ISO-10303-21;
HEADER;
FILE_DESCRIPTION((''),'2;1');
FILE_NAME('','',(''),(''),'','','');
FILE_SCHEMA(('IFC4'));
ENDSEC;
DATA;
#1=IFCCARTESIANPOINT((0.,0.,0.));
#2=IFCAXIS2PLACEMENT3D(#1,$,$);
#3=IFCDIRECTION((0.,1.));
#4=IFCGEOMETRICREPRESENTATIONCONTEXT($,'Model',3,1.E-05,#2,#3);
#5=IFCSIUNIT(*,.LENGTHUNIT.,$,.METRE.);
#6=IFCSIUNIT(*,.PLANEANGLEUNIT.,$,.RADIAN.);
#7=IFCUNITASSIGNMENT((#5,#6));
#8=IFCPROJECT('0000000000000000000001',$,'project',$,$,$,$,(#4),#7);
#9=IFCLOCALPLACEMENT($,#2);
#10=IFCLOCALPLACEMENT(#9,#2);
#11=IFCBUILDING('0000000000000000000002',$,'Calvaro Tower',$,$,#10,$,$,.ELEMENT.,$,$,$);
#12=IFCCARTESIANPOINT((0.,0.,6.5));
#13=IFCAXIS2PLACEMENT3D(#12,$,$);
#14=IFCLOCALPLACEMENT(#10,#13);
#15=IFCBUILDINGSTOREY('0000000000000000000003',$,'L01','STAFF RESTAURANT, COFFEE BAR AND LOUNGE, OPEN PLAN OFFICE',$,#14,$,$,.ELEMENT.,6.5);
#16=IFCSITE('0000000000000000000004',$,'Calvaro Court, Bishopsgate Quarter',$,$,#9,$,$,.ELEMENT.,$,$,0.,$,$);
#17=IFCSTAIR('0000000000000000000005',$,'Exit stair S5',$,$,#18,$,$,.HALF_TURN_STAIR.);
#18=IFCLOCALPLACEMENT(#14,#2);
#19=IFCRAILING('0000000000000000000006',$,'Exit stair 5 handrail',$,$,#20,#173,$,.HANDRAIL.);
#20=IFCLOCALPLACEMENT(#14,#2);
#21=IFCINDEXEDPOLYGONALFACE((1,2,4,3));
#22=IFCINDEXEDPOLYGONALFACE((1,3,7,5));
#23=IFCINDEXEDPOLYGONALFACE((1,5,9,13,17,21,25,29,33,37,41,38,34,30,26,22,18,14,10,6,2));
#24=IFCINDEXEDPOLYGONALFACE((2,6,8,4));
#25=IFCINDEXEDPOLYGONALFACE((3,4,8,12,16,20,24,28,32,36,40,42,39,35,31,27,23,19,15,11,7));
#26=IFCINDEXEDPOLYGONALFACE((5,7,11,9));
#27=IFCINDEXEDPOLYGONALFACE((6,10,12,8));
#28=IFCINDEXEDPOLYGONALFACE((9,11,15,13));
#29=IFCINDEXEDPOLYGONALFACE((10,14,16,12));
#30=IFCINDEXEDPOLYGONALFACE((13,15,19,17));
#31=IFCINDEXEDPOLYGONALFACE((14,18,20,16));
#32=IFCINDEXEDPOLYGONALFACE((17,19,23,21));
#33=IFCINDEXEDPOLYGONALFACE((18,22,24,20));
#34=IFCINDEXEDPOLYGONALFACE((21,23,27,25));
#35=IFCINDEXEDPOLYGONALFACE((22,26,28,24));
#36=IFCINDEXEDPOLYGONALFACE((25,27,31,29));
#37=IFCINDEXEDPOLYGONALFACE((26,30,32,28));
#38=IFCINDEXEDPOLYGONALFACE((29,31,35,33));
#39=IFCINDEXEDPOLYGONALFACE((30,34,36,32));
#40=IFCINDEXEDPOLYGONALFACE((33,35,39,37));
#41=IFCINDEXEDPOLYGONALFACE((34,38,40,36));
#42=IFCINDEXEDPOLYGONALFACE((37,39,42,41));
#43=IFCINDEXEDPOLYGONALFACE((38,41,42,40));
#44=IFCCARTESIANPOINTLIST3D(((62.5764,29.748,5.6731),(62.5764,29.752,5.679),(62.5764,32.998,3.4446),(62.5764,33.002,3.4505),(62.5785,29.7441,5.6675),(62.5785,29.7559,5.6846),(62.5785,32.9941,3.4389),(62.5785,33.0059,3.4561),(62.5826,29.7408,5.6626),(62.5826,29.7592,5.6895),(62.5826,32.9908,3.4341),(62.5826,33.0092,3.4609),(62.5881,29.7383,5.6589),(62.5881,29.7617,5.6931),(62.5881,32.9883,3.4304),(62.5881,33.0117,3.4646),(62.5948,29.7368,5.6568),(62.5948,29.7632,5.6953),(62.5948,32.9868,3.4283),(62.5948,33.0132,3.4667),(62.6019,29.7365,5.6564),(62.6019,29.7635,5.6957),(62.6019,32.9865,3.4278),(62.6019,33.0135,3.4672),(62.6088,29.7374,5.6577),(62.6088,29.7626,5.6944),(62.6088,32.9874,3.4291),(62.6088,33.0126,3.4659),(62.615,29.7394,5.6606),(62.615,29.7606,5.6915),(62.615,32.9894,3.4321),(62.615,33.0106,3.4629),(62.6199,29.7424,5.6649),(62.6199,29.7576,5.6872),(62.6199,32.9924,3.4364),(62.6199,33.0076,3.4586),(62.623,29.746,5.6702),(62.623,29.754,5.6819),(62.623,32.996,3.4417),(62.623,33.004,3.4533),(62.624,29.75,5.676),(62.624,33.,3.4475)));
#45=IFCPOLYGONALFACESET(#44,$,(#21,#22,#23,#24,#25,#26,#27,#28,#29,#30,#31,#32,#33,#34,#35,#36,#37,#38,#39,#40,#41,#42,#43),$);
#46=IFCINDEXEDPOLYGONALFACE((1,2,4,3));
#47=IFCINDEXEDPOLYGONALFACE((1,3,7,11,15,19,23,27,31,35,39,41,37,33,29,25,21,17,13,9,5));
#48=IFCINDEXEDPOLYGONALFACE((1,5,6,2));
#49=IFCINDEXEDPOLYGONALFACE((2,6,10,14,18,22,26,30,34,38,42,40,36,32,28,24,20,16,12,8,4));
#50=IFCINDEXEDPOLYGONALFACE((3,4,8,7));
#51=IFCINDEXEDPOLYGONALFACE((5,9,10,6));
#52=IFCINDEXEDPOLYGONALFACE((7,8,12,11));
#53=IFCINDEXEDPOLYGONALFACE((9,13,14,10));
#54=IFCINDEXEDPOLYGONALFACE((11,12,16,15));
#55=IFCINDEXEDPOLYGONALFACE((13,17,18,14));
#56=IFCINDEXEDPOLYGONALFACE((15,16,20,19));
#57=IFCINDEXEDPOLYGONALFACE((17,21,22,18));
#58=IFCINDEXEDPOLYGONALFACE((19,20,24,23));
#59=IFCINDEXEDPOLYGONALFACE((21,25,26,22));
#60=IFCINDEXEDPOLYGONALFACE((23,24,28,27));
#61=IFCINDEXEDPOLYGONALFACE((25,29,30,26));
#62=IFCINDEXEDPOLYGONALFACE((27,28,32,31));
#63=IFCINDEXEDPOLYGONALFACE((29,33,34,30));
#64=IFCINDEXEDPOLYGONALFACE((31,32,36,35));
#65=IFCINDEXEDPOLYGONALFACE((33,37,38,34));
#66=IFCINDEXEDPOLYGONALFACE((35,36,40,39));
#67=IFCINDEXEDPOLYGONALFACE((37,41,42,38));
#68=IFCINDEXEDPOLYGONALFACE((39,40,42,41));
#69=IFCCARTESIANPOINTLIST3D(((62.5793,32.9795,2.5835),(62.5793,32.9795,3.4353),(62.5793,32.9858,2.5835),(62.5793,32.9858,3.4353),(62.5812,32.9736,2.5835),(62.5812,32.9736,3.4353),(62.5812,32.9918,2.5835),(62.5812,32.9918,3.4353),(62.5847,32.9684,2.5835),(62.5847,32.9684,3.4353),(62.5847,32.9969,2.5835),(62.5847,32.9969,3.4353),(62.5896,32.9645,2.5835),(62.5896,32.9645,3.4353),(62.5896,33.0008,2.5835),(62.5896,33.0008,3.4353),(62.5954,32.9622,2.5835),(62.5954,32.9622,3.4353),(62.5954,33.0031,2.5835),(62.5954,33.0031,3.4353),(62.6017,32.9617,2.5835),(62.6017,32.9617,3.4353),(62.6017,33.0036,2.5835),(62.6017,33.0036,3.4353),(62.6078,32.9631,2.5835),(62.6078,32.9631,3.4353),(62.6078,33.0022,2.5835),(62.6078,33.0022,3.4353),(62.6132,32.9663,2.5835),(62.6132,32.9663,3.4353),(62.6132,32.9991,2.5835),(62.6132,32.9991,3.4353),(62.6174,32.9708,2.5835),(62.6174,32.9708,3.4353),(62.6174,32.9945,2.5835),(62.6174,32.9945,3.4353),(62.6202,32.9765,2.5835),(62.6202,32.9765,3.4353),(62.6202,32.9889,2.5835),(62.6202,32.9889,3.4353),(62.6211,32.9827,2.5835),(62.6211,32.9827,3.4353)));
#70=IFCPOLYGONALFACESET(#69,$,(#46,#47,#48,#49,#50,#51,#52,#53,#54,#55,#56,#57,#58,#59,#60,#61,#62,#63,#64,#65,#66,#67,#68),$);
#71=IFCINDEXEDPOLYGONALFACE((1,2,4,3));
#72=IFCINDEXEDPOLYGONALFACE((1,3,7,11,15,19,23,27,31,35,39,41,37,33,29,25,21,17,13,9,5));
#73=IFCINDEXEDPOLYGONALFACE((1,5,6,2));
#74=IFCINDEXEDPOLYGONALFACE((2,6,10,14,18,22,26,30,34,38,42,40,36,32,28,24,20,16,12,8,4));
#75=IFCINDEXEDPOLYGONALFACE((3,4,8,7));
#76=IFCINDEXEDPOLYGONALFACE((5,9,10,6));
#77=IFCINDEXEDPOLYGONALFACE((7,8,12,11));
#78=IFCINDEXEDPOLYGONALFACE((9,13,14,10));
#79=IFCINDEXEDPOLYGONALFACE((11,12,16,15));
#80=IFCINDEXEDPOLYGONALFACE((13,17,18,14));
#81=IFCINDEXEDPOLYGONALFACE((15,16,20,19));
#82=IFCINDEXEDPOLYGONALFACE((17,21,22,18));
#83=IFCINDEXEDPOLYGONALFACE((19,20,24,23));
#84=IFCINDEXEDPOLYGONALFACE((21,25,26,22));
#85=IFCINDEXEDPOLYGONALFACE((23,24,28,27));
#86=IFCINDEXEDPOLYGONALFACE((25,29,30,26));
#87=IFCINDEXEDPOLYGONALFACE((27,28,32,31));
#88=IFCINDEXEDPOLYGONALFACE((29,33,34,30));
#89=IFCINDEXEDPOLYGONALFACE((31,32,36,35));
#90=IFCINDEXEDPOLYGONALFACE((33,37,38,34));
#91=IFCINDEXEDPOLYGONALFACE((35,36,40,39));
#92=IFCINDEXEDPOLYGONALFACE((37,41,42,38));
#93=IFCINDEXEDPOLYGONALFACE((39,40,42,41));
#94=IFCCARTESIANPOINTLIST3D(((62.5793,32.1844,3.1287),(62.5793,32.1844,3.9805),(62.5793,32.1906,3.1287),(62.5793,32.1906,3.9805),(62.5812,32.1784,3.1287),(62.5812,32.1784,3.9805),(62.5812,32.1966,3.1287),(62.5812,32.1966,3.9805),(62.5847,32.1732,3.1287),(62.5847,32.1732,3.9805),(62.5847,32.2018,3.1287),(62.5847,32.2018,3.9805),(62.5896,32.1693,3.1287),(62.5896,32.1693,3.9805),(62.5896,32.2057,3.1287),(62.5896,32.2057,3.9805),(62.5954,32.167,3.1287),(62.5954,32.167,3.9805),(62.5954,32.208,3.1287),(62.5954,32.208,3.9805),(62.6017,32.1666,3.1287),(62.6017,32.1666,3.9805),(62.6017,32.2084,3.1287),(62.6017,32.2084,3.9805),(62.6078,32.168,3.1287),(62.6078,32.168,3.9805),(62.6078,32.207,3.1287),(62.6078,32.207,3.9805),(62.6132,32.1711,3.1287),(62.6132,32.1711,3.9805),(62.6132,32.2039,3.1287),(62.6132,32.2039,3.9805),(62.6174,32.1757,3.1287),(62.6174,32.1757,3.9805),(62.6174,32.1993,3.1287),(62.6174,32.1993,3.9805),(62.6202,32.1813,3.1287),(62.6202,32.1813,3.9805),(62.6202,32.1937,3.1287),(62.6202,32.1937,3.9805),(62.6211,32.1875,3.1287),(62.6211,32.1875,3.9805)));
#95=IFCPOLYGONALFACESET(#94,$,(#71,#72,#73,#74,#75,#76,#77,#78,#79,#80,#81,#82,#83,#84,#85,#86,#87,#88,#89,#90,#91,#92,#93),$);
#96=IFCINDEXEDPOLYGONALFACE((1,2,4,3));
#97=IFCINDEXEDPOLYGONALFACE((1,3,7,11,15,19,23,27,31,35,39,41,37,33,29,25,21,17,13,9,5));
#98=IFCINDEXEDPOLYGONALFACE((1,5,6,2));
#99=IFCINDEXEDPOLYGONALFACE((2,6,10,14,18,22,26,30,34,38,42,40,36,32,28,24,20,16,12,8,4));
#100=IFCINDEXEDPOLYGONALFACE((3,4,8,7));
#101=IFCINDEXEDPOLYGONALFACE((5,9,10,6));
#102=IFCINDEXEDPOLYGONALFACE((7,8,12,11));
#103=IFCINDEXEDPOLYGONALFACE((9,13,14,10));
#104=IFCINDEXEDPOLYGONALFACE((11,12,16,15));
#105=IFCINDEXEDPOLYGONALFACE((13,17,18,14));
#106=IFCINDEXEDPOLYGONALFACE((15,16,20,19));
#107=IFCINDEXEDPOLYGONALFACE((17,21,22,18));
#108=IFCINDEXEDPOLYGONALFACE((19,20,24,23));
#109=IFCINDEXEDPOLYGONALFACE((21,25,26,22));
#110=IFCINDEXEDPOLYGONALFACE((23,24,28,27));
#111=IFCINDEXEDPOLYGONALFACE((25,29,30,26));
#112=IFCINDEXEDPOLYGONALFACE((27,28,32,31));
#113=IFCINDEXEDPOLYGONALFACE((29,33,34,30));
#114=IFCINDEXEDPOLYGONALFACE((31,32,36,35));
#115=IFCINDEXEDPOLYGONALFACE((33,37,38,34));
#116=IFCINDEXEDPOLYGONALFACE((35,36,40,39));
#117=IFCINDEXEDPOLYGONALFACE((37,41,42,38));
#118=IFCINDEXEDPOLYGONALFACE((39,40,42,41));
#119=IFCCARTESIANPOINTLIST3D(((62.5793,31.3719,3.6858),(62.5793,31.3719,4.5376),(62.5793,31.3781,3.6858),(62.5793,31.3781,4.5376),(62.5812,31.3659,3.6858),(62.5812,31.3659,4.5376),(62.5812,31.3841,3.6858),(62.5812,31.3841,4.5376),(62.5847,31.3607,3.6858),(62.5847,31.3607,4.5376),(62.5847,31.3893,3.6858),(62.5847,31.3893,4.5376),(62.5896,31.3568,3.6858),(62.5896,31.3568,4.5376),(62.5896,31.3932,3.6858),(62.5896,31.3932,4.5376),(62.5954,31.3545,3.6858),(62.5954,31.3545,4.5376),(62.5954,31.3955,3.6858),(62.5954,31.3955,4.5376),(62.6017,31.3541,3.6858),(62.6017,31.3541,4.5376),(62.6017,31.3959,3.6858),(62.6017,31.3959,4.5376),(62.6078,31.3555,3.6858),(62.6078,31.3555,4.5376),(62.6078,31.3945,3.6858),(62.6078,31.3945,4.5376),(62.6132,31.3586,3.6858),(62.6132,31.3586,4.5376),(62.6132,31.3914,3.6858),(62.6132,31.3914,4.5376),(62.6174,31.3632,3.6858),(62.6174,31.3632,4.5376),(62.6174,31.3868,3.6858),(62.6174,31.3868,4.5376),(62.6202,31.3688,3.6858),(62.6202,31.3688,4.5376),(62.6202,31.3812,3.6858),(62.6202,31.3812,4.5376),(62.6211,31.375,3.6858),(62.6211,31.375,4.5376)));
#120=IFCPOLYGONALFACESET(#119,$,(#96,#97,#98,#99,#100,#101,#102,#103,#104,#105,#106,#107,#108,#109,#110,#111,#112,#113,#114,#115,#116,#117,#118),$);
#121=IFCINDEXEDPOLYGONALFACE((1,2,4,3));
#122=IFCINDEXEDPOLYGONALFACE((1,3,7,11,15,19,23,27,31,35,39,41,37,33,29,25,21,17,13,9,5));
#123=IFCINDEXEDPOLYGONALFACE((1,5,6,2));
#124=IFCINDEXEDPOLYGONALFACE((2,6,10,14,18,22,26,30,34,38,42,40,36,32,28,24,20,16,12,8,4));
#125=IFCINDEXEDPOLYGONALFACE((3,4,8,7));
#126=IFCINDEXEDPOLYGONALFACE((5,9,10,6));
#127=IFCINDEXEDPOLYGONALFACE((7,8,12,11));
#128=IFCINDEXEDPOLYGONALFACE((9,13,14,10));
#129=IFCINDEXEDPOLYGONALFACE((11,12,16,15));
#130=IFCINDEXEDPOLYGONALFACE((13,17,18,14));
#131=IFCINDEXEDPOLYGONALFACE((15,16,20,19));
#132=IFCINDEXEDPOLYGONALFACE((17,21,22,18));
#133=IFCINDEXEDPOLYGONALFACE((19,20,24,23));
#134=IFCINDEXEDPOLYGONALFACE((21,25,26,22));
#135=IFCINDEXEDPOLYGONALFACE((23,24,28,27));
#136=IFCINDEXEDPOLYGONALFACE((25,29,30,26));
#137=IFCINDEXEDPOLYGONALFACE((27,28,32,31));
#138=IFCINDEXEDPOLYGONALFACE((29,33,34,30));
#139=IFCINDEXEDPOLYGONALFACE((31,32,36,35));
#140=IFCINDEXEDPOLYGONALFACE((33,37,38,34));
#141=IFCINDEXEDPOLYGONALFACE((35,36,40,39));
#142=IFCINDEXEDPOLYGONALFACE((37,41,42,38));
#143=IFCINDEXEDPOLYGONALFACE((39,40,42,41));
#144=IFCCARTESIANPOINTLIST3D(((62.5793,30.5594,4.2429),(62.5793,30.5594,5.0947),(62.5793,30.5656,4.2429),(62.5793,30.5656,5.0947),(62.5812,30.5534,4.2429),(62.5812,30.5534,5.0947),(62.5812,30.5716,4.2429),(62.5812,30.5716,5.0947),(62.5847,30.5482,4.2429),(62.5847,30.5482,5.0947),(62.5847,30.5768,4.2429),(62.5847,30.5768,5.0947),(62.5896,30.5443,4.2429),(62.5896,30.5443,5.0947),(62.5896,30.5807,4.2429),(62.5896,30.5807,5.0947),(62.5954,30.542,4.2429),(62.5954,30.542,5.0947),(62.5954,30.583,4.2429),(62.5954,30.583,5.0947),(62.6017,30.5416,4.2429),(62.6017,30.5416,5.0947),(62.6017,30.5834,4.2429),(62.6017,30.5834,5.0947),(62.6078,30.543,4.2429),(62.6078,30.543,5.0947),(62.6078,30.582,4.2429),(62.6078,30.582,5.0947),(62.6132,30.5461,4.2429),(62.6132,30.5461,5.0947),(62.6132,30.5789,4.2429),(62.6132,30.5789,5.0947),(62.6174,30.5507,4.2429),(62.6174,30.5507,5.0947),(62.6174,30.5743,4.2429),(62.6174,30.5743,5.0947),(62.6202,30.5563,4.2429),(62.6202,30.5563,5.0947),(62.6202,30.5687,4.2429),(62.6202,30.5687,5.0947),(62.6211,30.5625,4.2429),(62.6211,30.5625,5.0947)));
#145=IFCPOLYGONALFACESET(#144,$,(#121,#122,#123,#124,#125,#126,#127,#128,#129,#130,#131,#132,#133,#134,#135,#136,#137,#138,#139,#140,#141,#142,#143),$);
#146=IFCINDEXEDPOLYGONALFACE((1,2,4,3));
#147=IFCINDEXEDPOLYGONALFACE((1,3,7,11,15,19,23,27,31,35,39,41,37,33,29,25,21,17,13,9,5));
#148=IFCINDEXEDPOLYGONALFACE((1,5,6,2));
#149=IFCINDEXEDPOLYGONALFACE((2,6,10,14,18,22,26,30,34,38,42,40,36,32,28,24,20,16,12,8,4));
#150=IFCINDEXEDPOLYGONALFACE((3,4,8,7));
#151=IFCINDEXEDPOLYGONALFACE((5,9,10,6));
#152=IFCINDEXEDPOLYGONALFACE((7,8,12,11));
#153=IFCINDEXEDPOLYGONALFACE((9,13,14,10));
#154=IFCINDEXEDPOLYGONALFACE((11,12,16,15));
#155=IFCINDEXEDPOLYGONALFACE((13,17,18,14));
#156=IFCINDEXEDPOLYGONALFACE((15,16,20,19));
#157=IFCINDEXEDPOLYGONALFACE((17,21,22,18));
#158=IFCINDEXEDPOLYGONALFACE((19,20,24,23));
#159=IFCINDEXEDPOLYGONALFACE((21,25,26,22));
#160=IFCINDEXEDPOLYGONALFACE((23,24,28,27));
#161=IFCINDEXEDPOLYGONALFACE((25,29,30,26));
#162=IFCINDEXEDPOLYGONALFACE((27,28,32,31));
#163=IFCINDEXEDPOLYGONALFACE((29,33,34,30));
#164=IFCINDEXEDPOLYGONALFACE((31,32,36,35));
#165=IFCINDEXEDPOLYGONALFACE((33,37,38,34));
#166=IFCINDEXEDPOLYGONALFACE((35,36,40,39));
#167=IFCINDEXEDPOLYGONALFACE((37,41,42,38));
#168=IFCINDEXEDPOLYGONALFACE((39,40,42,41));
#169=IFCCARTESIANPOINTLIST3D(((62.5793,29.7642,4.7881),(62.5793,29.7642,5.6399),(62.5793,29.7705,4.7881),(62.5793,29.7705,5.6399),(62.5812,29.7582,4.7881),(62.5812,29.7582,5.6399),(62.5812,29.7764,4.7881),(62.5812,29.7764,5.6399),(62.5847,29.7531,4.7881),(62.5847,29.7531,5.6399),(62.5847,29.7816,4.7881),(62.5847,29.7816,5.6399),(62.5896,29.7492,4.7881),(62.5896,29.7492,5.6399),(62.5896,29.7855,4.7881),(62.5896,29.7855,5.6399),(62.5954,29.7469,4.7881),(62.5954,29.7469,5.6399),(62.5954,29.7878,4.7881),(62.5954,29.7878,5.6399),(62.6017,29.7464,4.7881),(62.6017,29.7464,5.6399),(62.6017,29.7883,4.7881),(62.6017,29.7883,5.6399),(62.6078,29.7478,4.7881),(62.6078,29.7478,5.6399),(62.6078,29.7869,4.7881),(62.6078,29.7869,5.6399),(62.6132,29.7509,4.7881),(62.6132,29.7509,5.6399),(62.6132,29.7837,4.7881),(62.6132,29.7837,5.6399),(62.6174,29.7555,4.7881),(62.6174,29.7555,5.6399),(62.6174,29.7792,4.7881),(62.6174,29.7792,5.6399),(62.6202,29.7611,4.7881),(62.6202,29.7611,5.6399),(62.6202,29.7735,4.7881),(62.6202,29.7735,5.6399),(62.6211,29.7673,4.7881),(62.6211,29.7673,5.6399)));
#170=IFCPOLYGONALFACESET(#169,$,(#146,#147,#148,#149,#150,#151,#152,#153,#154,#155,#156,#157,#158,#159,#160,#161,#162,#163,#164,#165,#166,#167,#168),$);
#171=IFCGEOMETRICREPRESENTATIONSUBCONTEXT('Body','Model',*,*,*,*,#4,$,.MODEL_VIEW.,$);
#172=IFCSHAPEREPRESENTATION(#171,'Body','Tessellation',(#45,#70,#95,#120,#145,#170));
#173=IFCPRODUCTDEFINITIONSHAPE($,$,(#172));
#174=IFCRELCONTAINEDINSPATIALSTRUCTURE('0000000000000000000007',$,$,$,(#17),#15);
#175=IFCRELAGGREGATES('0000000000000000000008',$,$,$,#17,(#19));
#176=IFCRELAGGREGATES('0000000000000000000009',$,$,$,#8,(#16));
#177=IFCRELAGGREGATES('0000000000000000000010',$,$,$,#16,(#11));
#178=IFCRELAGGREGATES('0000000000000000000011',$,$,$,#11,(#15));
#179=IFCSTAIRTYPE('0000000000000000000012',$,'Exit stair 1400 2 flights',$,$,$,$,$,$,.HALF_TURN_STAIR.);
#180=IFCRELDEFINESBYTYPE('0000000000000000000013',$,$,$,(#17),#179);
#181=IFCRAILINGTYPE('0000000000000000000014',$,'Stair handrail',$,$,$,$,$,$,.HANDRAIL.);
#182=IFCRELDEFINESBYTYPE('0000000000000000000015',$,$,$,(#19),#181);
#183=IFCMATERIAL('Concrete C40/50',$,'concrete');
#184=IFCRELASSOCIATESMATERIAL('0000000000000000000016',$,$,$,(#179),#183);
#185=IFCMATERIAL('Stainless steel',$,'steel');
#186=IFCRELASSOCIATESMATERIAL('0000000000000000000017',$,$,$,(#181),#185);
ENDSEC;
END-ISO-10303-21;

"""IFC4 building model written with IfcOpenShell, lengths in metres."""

from ifc_helpers import new_model, si_unit, direction, frame, origin, origin_2d, place, context, subcontext, project, spatial, circle, extrude, material, type_object, element, aggregate, save


model = new_model("IFC4")

# Units and contexts
model_context = context("Model", 3, precision=1e-05, world=origin(), true_north=direction((0.0, 1.0)))
body_context = subcontext(model_context, "Body", "Model", "MODEL_VIEW")
ifc_project = project(units=[si_unit("LENGTHUNIT", "METRE"), si_unit("PLANEANGLEUNIT", "RADIAN")], contexts=[model_context])

# Site, building, storey
site_placement = place(None, origin())
site = spatial("IfcSite", under=ifc_project, at=site_placement, Name="Calvaro Court, Bishopsgate Quarter", CompositionType="ELEMENT", RefElevation=0.0)
building_placement = place(site_placement, origin())
building = spatial("IfcBuilding", under=site, at=building_placement, Name="Calvaro Tower", CompositionType="ELEMENT")
storey_placement = place(building_placement, frame((0.0, 0.0, 6.5)))
storey = spatial("IfcBuildingStorey", under=building, at=storey_placement, Name="L01", Description="STAFF RESTAURANT, COFFEE BAR AND LOUNGE, OPEN PLAN OFFICE", CompositionType="ELEMENT", Elevation=6.5)

# Stair
ifc_material_1 = material(Name="Concrete C40/50", Category="concrete")
stair_type_1 = type_object("IfcStairType", Name="Exit stair 1400 2 flights", PredefinedType="HALF_TURN_STAIR", material=ifc_material_1)
stair_1_placement = place(storey_placement, origin())
stair_1 = element("IfcStair", 1, at=stair_1_placement, inside=storey, type_object=stair_type_1, Name="Exit stair S5", PredefinedType="HALF_TURN_STAIR")

# Railing
ifc_material_2 = material(Name="Stainless steel", Category="steel")
railing_type = type_object("IfcRailingType", Name="Stair handrail", PredefinedType="HANDRAIL", material=ifc_material_2)
railing_1_placement = place(storey_placement, frame((62.6001, 33.0, 2.5715)))
railing_1 = element("IfcRailing", 2, at=railing_1_placement, type_object=railing_type, Name="Exit stair 5 handrail", PredefinedType="HANDRAIL", context=body_context, shape_type="SweptSolid", body=[
    extrude(circle(Radius=0.0239, at=origin_2d()), frame((0.0, 0.0, 0.876), z_axis=(0.0, -0.824735, 0.565519), x_axis=(1.0, 0.0, 0.0)), (0.0, 0.0, 1.0), 3.9407),
    extrude(circle(Radius=0.021, at=origin_2d()), frame((0.0, -0.0173, 0.012)), (0.0, 0.0, 1.0), 0.8518),
    extrude(circle(Radius=0.021, at=origin_2d()), frame((0.0, -0.8125, 0.5571)), (0.0, 0.0, 1.0), 0.8518),
    extrude(circle(Radius=0.021, at=origin_2d()), frame((0.0, -1.625, 1.1143)), (0.0, 0.0, 1.0), 0.8518),
    extrude(circle(Radius=0.021, at=origin_2d()), frame((0.0, -2.4375, 1.6714)), (0.0, 0.0, 1.0), 0.8518),
    extrude(circle(Radius=0.021, at=origin_2d()), frame((0.0, -3.2327, 2.2166)), (0.0, 0.0, 1.0), 0.8518),
])
aggregate(stair_1, [railing_1])

save(model, "model.ifc")
